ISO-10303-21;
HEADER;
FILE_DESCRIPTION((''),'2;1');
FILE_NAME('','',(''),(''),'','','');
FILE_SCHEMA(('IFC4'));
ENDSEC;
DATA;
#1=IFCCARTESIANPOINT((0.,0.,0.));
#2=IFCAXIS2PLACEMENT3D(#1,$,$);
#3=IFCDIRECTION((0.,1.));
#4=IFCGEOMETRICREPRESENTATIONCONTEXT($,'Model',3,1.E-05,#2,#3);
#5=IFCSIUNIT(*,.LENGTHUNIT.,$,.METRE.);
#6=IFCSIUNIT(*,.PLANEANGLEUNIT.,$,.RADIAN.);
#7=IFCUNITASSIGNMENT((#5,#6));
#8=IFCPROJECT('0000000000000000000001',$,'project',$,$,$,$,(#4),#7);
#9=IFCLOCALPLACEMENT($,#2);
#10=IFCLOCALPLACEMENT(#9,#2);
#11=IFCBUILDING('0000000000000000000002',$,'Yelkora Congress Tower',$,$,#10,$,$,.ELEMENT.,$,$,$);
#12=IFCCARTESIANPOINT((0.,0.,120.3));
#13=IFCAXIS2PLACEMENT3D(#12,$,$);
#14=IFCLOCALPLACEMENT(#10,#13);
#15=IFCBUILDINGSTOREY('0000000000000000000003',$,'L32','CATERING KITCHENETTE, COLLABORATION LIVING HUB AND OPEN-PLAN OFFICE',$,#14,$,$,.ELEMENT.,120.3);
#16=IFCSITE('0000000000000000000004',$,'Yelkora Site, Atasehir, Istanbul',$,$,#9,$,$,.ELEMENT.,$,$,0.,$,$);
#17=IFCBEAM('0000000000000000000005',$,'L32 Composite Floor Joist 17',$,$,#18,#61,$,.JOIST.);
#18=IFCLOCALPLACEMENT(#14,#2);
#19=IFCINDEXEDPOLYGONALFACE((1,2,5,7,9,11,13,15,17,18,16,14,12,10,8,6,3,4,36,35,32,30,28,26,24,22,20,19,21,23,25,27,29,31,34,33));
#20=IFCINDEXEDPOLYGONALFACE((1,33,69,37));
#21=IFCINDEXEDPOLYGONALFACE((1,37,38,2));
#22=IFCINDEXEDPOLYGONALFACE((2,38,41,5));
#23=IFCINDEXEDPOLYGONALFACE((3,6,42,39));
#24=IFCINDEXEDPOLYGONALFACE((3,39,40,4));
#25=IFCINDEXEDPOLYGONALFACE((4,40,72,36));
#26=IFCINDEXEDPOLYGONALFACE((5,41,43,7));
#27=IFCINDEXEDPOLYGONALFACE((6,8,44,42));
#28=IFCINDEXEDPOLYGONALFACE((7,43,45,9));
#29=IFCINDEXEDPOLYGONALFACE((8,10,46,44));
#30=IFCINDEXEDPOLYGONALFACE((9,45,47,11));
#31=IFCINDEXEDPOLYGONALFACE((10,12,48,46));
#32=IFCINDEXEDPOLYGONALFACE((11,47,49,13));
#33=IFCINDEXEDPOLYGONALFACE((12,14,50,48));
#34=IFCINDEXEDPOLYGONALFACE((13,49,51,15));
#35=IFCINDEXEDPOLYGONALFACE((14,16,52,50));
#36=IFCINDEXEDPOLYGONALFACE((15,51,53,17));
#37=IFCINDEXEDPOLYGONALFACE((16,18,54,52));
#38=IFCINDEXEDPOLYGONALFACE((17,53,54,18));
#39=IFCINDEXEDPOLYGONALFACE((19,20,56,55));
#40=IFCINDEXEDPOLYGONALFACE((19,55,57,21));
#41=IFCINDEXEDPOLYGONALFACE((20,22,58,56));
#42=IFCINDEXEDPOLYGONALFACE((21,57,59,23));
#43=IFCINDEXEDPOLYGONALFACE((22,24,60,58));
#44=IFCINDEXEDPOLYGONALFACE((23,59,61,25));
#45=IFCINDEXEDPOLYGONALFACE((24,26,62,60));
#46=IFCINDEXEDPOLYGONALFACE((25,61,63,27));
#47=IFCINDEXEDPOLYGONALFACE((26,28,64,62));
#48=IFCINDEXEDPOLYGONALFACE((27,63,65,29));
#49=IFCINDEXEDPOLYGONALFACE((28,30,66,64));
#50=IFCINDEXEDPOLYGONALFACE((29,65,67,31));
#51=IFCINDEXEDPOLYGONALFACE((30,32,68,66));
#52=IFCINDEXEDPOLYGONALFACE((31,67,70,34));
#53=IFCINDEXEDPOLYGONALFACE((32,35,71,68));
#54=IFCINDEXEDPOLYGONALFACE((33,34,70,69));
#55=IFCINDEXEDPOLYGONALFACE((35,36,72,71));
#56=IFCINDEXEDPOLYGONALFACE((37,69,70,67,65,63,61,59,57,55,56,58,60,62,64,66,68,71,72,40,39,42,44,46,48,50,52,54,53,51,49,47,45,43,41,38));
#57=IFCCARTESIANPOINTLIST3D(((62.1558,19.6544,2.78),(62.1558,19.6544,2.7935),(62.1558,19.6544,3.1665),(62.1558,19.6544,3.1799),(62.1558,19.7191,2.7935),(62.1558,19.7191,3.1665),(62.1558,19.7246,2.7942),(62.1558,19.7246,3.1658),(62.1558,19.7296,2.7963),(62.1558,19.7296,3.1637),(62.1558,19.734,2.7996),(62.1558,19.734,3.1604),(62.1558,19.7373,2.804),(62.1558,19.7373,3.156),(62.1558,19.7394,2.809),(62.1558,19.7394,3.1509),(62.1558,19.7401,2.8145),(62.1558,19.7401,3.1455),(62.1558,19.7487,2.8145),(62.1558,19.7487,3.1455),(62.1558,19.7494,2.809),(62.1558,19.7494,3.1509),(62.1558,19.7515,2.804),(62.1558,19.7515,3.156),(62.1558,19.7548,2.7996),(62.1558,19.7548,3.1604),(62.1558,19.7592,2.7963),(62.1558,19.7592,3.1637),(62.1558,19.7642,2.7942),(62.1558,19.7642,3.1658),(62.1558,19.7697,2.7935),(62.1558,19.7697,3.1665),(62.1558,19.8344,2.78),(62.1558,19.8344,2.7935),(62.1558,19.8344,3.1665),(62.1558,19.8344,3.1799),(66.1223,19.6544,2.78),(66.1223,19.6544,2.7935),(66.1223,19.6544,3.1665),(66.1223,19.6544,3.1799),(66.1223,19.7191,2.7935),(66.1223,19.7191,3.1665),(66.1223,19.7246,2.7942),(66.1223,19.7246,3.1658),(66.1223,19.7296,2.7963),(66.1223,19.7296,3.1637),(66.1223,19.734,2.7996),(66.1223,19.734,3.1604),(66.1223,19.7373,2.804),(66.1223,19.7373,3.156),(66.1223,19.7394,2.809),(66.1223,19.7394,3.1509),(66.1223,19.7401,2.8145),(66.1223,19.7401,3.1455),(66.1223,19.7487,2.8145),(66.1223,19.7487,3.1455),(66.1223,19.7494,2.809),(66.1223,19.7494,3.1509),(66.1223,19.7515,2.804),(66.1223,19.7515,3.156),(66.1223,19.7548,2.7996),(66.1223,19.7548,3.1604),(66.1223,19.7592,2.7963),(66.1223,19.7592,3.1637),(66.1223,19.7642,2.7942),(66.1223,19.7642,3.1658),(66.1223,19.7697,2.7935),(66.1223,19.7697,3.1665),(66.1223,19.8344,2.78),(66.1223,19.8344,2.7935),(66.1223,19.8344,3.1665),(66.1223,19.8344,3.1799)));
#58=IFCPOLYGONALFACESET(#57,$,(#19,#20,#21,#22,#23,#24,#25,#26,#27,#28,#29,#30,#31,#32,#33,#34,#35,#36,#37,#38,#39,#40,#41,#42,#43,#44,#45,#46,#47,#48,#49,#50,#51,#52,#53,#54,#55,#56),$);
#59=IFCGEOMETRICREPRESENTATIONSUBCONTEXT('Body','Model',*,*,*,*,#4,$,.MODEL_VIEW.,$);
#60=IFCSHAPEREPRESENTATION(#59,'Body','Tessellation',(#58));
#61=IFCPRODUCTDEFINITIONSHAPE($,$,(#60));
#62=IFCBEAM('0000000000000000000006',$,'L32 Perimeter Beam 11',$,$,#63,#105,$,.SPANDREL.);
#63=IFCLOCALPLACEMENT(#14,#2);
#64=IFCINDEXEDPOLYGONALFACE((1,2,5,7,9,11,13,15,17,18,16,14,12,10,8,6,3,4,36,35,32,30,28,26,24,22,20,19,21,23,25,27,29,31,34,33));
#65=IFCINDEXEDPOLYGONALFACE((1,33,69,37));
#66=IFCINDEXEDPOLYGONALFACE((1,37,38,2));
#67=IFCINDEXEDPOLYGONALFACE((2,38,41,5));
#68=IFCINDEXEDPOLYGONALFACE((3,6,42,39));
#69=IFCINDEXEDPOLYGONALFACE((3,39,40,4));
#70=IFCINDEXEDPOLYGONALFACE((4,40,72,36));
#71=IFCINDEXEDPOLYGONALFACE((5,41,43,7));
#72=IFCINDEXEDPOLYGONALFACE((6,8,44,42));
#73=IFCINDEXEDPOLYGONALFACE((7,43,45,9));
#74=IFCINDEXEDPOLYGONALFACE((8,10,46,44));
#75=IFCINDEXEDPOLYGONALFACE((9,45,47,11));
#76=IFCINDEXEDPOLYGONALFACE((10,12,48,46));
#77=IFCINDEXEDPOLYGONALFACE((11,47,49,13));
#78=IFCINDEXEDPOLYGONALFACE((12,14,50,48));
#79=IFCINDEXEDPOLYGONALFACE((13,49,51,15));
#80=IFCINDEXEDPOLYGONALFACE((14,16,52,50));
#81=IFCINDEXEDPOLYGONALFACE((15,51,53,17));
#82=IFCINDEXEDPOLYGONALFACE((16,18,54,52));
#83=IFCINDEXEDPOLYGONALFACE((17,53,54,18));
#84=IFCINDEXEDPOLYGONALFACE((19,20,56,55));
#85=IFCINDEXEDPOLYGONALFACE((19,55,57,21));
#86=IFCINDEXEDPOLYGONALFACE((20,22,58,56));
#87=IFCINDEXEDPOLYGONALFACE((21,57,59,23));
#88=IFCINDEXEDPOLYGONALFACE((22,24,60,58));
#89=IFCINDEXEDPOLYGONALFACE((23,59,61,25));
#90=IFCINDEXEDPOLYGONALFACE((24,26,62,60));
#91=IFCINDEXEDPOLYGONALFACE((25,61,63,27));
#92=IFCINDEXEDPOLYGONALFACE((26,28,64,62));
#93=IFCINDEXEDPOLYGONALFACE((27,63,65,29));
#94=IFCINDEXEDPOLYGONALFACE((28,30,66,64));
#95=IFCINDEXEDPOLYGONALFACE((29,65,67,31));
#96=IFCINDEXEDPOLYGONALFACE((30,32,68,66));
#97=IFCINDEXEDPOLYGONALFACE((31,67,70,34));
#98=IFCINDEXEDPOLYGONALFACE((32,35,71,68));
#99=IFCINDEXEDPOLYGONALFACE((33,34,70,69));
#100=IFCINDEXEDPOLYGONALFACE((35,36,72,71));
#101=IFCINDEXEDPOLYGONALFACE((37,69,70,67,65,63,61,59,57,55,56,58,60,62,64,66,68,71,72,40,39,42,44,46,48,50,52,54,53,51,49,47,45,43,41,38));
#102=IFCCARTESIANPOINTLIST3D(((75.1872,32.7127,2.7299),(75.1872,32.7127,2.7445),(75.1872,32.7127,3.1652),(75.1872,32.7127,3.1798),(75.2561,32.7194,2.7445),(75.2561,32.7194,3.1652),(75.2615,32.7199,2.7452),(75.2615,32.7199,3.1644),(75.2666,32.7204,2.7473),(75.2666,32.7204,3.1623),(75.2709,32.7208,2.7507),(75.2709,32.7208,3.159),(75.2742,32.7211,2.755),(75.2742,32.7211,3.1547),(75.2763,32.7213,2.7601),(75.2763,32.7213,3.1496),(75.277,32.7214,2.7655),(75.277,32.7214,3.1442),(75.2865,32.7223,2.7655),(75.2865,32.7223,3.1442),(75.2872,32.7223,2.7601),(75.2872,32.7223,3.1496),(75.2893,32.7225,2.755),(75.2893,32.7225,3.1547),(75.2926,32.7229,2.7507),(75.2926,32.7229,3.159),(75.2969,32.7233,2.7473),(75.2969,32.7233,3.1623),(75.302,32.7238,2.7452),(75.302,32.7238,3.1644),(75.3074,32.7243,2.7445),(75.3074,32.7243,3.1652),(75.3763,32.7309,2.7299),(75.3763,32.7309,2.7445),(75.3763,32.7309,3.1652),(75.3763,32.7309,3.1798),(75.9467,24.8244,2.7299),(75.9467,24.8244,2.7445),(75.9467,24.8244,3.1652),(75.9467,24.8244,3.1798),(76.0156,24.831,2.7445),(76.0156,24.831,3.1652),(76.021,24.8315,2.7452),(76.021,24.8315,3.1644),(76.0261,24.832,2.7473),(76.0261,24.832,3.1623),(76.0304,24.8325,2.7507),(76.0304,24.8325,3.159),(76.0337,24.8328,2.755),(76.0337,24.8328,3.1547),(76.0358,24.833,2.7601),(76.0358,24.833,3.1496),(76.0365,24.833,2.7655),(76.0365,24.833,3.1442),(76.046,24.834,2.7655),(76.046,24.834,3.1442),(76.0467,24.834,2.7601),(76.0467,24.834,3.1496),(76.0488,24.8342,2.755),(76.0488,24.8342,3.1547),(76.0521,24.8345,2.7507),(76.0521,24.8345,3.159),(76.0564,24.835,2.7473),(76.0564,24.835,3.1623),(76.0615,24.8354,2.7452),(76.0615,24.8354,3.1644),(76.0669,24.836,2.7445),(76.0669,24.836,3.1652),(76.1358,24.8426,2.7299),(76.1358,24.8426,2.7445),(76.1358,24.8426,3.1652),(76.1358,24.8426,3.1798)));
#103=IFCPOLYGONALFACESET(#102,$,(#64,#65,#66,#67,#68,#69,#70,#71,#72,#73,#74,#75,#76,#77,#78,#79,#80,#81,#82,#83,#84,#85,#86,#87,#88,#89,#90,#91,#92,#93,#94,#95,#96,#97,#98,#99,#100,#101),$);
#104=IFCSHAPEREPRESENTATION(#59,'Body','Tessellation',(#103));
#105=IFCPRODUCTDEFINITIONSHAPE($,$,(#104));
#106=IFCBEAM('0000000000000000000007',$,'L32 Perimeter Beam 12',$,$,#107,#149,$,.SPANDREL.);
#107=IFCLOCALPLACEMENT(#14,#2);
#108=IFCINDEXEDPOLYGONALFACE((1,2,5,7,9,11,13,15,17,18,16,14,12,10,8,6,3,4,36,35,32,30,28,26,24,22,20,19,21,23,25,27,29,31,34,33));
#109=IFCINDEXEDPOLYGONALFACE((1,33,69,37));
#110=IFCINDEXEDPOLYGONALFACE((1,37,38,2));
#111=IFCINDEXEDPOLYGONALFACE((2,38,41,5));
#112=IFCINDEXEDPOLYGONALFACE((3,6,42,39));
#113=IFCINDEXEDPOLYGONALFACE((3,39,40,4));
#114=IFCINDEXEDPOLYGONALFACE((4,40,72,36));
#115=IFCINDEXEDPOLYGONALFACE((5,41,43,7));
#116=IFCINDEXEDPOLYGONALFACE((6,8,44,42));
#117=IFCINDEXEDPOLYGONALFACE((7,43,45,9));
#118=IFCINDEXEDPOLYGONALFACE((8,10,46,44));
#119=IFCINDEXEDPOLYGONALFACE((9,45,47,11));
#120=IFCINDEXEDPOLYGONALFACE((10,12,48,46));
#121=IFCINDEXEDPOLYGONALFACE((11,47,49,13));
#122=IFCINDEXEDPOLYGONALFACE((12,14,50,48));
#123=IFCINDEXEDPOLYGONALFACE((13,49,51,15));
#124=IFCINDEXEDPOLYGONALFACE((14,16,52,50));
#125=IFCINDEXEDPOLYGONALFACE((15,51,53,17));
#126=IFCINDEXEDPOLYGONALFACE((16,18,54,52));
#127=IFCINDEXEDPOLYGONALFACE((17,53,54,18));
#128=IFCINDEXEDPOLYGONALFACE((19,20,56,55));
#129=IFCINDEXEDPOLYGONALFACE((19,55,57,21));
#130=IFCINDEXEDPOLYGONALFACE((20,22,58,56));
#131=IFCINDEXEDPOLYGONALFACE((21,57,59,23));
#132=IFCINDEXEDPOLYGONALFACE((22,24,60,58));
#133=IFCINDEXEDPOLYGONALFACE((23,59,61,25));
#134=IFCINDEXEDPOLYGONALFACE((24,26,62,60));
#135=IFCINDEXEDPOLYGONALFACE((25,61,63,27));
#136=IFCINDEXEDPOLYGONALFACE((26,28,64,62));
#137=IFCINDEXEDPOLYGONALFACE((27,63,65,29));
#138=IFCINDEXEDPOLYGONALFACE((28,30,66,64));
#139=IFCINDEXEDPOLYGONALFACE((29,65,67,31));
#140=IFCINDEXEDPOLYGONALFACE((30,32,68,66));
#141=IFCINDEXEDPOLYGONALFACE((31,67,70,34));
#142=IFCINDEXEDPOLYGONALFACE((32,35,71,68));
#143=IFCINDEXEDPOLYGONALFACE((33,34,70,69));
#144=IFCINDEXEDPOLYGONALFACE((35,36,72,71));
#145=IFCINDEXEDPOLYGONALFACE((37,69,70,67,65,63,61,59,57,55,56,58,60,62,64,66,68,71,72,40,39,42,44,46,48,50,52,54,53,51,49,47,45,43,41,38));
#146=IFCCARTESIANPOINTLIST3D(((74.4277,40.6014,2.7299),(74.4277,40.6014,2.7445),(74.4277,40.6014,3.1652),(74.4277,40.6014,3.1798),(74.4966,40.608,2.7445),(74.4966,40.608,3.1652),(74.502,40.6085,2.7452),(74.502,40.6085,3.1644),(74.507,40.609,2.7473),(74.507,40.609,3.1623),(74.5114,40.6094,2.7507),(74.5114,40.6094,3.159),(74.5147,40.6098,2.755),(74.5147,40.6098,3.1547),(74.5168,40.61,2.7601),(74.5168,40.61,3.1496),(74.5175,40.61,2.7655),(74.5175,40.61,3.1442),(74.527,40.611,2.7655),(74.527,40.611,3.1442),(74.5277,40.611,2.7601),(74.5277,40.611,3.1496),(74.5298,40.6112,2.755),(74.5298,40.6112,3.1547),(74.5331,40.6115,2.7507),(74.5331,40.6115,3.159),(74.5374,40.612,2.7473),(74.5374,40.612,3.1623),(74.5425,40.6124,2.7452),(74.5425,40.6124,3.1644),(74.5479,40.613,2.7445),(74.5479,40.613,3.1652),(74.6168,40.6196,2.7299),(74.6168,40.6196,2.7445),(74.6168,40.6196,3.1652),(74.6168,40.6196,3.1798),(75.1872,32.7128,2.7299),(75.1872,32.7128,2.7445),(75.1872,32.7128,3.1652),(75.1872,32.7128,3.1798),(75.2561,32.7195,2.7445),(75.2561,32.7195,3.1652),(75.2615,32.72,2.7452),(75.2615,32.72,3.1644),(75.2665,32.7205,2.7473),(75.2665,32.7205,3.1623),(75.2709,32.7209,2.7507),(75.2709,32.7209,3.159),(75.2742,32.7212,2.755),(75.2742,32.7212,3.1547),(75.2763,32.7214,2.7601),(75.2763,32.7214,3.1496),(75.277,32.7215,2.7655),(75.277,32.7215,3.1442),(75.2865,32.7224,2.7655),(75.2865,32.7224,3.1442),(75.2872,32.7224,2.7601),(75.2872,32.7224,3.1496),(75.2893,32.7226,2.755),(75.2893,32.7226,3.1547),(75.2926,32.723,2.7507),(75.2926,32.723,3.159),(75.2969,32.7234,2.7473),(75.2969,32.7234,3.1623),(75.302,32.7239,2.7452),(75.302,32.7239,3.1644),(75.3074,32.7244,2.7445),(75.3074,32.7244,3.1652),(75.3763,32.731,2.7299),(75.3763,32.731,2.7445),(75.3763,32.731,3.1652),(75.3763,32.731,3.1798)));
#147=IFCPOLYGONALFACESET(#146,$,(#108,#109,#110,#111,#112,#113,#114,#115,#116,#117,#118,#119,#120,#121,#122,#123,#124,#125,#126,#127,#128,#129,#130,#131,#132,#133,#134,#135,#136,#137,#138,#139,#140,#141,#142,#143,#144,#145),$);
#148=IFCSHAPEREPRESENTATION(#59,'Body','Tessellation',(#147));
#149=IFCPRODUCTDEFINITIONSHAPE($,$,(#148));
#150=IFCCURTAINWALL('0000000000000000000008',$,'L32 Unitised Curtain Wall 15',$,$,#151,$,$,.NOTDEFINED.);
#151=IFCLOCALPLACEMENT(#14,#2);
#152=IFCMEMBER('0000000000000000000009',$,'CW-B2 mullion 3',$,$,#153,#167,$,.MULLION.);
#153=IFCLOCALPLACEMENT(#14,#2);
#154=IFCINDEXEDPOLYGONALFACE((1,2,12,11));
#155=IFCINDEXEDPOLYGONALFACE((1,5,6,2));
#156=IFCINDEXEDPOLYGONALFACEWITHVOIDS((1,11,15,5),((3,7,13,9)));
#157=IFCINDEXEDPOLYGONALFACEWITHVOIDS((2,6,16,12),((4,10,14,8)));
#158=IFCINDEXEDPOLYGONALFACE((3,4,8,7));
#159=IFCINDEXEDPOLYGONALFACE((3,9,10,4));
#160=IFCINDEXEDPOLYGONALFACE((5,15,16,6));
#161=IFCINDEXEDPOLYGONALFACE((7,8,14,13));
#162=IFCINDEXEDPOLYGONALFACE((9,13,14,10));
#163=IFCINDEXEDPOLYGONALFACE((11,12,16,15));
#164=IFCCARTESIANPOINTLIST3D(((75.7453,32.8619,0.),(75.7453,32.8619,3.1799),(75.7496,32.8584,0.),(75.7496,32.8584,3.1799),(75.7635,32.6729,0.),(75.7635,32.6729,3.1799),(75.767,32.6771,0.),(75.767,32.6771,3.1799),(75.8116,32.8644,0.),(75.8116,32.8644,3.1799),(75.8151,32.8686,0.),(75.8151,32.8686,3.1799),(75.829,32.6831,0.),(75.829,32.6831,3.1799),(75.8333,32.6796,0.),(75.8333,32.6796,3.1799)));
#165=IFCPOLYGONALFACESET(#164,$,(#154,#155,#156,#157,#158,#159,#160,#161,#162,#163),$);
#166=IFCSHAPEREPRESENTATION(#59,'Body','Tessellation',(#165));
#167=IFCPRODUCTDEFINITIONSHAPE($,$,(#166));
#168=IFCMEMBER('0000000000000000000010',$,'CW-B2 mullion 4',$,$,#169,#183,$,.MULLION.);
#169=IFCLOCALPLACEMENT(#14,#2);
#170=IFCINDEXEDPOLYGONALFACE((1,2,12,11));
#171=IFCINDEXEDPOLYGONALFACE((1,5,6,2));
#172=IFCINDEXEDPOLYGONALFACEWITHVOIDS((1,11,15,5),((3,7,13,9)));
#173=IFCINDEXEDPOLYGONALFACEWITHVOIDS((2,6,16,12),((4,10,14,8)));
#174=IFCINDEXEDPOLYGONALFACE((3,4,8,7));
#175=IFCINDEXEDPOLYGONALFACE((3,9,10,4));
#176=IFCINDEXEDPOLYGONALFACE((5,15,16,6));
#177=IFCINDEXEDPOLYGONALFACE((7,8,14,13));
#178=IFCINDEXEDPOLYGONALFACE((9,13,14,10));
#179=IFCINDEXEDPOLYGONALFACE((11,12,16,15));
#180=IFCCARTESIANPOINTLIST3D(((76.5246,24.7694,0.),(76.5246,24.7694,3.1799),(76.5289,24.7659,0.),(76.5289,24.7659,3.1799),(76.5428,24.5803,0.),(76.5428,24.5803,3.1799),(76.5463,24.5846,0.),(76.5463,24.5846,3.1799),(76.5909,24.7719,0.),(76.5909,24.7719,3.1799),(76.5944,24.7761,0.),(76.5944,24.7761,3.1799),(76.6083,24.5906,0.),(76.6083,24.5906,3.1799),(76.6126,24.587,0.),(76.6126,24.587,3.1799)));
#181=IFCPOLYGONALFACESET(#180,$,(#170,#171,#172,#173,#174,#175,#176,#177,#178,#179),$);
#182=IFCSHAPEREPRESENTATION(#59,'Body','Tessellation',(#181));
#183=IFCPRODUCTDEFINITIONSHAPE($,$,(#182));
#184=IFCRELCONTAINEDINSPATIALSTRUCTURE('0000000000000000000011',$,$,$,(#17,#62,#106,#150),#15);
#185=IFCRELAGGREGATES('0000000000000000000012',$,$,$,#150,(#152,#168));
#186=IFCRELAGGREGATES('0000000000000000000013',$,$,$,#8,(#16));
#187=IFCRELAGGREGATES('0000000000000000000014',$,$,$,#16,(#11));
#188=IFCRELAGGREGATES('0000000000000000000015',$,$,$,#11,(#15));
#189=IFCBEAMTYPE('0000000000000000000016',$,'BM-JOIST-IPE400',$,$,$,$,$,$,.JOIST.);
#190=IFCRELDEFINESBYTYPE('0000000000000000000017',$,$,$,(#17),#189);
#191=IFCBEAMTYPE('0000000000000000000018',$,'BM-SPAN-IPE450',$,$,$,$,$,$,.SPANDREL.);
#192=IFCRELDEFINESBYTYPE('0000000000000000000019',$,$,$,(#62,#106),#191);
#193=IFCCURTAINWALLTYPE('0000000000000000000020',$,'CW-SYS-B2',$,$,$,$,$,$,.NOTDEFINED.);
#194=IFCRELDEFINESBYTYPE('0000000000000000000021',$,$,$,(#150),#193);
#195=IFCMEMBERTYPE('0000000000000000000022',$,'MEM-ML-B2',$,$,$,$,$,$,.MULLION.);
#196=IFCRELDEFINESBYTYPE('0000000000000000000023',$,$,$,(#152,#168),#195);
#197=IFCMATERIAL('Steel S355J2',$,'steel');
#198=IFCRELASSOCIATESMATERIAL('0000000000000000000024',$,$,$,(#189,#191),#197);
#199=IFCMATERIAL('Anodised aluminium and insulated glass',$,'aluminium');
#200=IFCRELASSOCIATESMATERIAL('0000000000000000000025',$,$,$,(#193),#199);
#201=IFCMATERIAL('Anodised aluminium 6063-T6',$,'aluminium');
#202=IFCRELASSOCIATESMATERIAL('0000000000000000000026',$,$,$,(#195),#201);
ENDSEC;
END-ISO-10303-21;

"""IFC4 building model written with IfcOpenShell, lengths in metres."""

from ifc_helpers import new_model, si_unit, direction, frame, origin, origin_2d, place, context, subcontext, project, spatial, hollow_rectangle, i_section, extrude, material, material_profile, profile_set, type_object, element, aggregate, save


model = new_model("IFC4")

# Units and contexts
model_context = context("Model", 3, precision=1e-05, world=origin(), true_north=direction((0.0, 1.0)))
body_context = subcontext(model_context, "Body", "Model", "MODEL_VIEW")
ifc_project = project(units=[si_unit("LENGTHUNIT", "METRE"), si_unit("PLANEANGLEUNIT", "RADIAN")], contexts=[model_context])

# Site, building, storey
site_placement = place(None, origin())
site = spatial("IfcSite", under=ifc_project, at=site_placement, Name="Yelkora Site, Atasehir, Istanbul", CompositionType="ELEMENT", RefElevation=0.0)
building_placement = place(site_placement, origin())
building = spatial("IfcBuilding", under=site, at=building_placement, Name="Yelkora Congress Tower", CompositionType="ELEMENT")
storey_placement = place(building_placement, frame((0.0, 0.0, 120.3)))
storey = spatial("IfcBuildingStorey", under=building, at=storey_placement, Name="L32", Description="CATERING KITCHENETTE, COLLABORATION LIVING HUB AND OPEN-PLAN OFFICE", CompositionType="ELEMENT", Elevation=120.3)

# Beams
ifc_material_1 = material(Name="Steel S355J2", Category="steel")
ifc_material_profile_1 = material_profile(ifc_material_1, i_section(OverallWidth=0.1799, OverallDepth=0.3999, WebThickness=0.0085, FlangeThickness=0.0134, FilletRadius=0.021, at=origin_2d()), Name="IPE 400")
ifc_profile_set_1 = profile_set([ifc_material_profile_1], Name="Steel S355J2")
beam_type_1 = type_object("IfcBeamType", Name="BM-JOIST-IPE400", PredefinedType="JOIST", material=ifc_profile_set_1)
beam_1_placement = place(storey_placement, frame((62.1558, 19.7444, 2.98), z_axis=(1.0, 0.0, 0.0), x_axis=(0.0, 1.0, 0.0)))
element("IfcBeam", 1, at=beam_1_placement, inside=storey, type_object=beam_type_1, Name="L32 Composite Floor Joist 17", PredefinedType="JOIST", context=body_context, shape_type="SweptSolid", body=[
    extrude(i_section(OverallWidth=0.1799, OverallDepth=0.3999, WebThickness=0.0085, FlangeThickness=0.0134, FilletRadius=0.021, at=origin_2d()), origin(), (0.0, 0.0, 1.0), 3.9666),
])
ifc_material_profile_2 = material_profile(ifc_material_1, i_section(OverallWidth=0.1899, OverallDepth=0.45, WebThickness=0.0095, FlangeThickness=0.0146, FilletRadius=0.021, at=origin_2d()), Name="IPE 450")
ifc_profile_set_2 = profile_set([ifc_material_profile_2], Name="Steel S355J2")
beam_type_2 = type_object("IfcBeamType", Name="BM-SPAN-IPE450", PredefinedType="SPANDREL", material=ifc_profile_set_2)
beam_2_placement = place(storey_placement, frame((76.0413, 24.8335, 2.9548), z_axis=(-0.09584, 0.995397, 0.0), x_axis=(-0.995397, -0.09584, 0.0)))
element("IfcBeam", 2, at=beam_2_placement, inside=storey, type_object=beam_type_2, Name="L32 Perimeter Beam 11", PredefinedType="SPANDREL", context=body_context, shape_type="SweptSolid", body=[
    extrude(i_section(OverallWidth=0.1899, OverallDepth=0.45, WebThickness=0.0095, FlangeThickness=0.0146, FilletRadius=0.021, at=origin_2d()), origin(), (0.0, 0.0, 1.0), 7.9248),
])
beam_3_placement = place(storey_placement, frame((75.2817, 32.7219, 2.9548), z_axis=(-0.095837, 0.995397, 0.0), x_axis=(-0.995397, -0.095837, 0.0)))
element("IfcBeam", 3, at=beam_3_placement, inside=storey, type_object=beam_type_2, Name="L32 Perimeter Beam 12", PredefinedType="SPANDREL", context=body_context, shape_type="SweptSolid", body=[
    extrude(i_section(OverallWidth=0.1899, OverallDepth=0.45, WebThickness=0.0095, FlangeThickness=0.0146, FilletRadius=0.021, at=origin_2d()), origin(), (0.0, 0.0, 1.0), 7.925),
])

# Curtain wall, members
ifc_material_2 = material(Name="Anodised aluminium and insulated glass", Category="aluminium")
curtain_wall_type = type_object("IfcCurtainWallType", Name="CW-SYS-B2", PredefinedType="NOTDEFINED", material=ifc_material_2)
curtain_wall_placement = place(storey_placement, origin())
curtain_wall = element("IfcCurtainWall", 4, at=curtain_wall_placement, inside=storey, type_object=curtain_wall_type, Name="L32 Unitised Curtain Wall 15", PredefinedType="NOTDEFINED")
ifc_material_3 = material(Name="Anodised aluminium 6063-T6", Category="aluminium")
ifc_material_profile_3 = material_profile(ifc_material_3, hollow_rectangle(XDim=0.0701, YDim=0.1899, WallThickness=0.0039, at=origin_2d()), Name="ALU 70x190x4")
ifc_profile_set_3 = profile_set([ifc_material_profile_3], Name="Anodised aluminium 6063-T6")
member_type_1 = type_object("IfcMemberType", Name="MEM-ML-B2", PredefinedType="MULLION", material=ifc_profile_set_3)
member_1_placement = place(storey_placement, frame((75.7893, 32.7708, 0.0), z_axis=(0.0, 0.0, 1.0), x_axis=(0.995397, 0.095843, 0.0)))
member_1 = element("IfcMember", 5, at=member_1_placement, type_object=member_type_1, Name="CW-B2 mullion 3", PredefinedType="MULLION", context=body_context, shape_type="SweptSolid", body=[
    extrude(hollow_rectangle(XDim=0.0701, YDim=0.1899, WallThickness=0.0039, at=origin_2d()), origin(), (0.0, 0.0, 1.0), 3.1799),
])
member_2_placement = place(storey_placement, frame((76.5686, 24.6782, 0.0), z_axis=(0.0, 0.0, 1.0), x_axis=(0.995397, 0.095843, 0.0)))
member_2 = element("IfcMember", 6, at=member_2_placement, type_object=member_type_1, Name="CW-B2 mullion 4", PredefinedType="MULLION", context=body_context, shape_type="SweptSolid", body=[
    extrude(hollow_rectangle(XDim=0.0701, YDim=0.1899, WallThickness=0.0039, at=origin_2d()), origin(), (0.0, 0.0, 1.0), 3.1799),
])
aggregate(curtain_wall, [member_1, member_2])

save(model, "model.ifc")
